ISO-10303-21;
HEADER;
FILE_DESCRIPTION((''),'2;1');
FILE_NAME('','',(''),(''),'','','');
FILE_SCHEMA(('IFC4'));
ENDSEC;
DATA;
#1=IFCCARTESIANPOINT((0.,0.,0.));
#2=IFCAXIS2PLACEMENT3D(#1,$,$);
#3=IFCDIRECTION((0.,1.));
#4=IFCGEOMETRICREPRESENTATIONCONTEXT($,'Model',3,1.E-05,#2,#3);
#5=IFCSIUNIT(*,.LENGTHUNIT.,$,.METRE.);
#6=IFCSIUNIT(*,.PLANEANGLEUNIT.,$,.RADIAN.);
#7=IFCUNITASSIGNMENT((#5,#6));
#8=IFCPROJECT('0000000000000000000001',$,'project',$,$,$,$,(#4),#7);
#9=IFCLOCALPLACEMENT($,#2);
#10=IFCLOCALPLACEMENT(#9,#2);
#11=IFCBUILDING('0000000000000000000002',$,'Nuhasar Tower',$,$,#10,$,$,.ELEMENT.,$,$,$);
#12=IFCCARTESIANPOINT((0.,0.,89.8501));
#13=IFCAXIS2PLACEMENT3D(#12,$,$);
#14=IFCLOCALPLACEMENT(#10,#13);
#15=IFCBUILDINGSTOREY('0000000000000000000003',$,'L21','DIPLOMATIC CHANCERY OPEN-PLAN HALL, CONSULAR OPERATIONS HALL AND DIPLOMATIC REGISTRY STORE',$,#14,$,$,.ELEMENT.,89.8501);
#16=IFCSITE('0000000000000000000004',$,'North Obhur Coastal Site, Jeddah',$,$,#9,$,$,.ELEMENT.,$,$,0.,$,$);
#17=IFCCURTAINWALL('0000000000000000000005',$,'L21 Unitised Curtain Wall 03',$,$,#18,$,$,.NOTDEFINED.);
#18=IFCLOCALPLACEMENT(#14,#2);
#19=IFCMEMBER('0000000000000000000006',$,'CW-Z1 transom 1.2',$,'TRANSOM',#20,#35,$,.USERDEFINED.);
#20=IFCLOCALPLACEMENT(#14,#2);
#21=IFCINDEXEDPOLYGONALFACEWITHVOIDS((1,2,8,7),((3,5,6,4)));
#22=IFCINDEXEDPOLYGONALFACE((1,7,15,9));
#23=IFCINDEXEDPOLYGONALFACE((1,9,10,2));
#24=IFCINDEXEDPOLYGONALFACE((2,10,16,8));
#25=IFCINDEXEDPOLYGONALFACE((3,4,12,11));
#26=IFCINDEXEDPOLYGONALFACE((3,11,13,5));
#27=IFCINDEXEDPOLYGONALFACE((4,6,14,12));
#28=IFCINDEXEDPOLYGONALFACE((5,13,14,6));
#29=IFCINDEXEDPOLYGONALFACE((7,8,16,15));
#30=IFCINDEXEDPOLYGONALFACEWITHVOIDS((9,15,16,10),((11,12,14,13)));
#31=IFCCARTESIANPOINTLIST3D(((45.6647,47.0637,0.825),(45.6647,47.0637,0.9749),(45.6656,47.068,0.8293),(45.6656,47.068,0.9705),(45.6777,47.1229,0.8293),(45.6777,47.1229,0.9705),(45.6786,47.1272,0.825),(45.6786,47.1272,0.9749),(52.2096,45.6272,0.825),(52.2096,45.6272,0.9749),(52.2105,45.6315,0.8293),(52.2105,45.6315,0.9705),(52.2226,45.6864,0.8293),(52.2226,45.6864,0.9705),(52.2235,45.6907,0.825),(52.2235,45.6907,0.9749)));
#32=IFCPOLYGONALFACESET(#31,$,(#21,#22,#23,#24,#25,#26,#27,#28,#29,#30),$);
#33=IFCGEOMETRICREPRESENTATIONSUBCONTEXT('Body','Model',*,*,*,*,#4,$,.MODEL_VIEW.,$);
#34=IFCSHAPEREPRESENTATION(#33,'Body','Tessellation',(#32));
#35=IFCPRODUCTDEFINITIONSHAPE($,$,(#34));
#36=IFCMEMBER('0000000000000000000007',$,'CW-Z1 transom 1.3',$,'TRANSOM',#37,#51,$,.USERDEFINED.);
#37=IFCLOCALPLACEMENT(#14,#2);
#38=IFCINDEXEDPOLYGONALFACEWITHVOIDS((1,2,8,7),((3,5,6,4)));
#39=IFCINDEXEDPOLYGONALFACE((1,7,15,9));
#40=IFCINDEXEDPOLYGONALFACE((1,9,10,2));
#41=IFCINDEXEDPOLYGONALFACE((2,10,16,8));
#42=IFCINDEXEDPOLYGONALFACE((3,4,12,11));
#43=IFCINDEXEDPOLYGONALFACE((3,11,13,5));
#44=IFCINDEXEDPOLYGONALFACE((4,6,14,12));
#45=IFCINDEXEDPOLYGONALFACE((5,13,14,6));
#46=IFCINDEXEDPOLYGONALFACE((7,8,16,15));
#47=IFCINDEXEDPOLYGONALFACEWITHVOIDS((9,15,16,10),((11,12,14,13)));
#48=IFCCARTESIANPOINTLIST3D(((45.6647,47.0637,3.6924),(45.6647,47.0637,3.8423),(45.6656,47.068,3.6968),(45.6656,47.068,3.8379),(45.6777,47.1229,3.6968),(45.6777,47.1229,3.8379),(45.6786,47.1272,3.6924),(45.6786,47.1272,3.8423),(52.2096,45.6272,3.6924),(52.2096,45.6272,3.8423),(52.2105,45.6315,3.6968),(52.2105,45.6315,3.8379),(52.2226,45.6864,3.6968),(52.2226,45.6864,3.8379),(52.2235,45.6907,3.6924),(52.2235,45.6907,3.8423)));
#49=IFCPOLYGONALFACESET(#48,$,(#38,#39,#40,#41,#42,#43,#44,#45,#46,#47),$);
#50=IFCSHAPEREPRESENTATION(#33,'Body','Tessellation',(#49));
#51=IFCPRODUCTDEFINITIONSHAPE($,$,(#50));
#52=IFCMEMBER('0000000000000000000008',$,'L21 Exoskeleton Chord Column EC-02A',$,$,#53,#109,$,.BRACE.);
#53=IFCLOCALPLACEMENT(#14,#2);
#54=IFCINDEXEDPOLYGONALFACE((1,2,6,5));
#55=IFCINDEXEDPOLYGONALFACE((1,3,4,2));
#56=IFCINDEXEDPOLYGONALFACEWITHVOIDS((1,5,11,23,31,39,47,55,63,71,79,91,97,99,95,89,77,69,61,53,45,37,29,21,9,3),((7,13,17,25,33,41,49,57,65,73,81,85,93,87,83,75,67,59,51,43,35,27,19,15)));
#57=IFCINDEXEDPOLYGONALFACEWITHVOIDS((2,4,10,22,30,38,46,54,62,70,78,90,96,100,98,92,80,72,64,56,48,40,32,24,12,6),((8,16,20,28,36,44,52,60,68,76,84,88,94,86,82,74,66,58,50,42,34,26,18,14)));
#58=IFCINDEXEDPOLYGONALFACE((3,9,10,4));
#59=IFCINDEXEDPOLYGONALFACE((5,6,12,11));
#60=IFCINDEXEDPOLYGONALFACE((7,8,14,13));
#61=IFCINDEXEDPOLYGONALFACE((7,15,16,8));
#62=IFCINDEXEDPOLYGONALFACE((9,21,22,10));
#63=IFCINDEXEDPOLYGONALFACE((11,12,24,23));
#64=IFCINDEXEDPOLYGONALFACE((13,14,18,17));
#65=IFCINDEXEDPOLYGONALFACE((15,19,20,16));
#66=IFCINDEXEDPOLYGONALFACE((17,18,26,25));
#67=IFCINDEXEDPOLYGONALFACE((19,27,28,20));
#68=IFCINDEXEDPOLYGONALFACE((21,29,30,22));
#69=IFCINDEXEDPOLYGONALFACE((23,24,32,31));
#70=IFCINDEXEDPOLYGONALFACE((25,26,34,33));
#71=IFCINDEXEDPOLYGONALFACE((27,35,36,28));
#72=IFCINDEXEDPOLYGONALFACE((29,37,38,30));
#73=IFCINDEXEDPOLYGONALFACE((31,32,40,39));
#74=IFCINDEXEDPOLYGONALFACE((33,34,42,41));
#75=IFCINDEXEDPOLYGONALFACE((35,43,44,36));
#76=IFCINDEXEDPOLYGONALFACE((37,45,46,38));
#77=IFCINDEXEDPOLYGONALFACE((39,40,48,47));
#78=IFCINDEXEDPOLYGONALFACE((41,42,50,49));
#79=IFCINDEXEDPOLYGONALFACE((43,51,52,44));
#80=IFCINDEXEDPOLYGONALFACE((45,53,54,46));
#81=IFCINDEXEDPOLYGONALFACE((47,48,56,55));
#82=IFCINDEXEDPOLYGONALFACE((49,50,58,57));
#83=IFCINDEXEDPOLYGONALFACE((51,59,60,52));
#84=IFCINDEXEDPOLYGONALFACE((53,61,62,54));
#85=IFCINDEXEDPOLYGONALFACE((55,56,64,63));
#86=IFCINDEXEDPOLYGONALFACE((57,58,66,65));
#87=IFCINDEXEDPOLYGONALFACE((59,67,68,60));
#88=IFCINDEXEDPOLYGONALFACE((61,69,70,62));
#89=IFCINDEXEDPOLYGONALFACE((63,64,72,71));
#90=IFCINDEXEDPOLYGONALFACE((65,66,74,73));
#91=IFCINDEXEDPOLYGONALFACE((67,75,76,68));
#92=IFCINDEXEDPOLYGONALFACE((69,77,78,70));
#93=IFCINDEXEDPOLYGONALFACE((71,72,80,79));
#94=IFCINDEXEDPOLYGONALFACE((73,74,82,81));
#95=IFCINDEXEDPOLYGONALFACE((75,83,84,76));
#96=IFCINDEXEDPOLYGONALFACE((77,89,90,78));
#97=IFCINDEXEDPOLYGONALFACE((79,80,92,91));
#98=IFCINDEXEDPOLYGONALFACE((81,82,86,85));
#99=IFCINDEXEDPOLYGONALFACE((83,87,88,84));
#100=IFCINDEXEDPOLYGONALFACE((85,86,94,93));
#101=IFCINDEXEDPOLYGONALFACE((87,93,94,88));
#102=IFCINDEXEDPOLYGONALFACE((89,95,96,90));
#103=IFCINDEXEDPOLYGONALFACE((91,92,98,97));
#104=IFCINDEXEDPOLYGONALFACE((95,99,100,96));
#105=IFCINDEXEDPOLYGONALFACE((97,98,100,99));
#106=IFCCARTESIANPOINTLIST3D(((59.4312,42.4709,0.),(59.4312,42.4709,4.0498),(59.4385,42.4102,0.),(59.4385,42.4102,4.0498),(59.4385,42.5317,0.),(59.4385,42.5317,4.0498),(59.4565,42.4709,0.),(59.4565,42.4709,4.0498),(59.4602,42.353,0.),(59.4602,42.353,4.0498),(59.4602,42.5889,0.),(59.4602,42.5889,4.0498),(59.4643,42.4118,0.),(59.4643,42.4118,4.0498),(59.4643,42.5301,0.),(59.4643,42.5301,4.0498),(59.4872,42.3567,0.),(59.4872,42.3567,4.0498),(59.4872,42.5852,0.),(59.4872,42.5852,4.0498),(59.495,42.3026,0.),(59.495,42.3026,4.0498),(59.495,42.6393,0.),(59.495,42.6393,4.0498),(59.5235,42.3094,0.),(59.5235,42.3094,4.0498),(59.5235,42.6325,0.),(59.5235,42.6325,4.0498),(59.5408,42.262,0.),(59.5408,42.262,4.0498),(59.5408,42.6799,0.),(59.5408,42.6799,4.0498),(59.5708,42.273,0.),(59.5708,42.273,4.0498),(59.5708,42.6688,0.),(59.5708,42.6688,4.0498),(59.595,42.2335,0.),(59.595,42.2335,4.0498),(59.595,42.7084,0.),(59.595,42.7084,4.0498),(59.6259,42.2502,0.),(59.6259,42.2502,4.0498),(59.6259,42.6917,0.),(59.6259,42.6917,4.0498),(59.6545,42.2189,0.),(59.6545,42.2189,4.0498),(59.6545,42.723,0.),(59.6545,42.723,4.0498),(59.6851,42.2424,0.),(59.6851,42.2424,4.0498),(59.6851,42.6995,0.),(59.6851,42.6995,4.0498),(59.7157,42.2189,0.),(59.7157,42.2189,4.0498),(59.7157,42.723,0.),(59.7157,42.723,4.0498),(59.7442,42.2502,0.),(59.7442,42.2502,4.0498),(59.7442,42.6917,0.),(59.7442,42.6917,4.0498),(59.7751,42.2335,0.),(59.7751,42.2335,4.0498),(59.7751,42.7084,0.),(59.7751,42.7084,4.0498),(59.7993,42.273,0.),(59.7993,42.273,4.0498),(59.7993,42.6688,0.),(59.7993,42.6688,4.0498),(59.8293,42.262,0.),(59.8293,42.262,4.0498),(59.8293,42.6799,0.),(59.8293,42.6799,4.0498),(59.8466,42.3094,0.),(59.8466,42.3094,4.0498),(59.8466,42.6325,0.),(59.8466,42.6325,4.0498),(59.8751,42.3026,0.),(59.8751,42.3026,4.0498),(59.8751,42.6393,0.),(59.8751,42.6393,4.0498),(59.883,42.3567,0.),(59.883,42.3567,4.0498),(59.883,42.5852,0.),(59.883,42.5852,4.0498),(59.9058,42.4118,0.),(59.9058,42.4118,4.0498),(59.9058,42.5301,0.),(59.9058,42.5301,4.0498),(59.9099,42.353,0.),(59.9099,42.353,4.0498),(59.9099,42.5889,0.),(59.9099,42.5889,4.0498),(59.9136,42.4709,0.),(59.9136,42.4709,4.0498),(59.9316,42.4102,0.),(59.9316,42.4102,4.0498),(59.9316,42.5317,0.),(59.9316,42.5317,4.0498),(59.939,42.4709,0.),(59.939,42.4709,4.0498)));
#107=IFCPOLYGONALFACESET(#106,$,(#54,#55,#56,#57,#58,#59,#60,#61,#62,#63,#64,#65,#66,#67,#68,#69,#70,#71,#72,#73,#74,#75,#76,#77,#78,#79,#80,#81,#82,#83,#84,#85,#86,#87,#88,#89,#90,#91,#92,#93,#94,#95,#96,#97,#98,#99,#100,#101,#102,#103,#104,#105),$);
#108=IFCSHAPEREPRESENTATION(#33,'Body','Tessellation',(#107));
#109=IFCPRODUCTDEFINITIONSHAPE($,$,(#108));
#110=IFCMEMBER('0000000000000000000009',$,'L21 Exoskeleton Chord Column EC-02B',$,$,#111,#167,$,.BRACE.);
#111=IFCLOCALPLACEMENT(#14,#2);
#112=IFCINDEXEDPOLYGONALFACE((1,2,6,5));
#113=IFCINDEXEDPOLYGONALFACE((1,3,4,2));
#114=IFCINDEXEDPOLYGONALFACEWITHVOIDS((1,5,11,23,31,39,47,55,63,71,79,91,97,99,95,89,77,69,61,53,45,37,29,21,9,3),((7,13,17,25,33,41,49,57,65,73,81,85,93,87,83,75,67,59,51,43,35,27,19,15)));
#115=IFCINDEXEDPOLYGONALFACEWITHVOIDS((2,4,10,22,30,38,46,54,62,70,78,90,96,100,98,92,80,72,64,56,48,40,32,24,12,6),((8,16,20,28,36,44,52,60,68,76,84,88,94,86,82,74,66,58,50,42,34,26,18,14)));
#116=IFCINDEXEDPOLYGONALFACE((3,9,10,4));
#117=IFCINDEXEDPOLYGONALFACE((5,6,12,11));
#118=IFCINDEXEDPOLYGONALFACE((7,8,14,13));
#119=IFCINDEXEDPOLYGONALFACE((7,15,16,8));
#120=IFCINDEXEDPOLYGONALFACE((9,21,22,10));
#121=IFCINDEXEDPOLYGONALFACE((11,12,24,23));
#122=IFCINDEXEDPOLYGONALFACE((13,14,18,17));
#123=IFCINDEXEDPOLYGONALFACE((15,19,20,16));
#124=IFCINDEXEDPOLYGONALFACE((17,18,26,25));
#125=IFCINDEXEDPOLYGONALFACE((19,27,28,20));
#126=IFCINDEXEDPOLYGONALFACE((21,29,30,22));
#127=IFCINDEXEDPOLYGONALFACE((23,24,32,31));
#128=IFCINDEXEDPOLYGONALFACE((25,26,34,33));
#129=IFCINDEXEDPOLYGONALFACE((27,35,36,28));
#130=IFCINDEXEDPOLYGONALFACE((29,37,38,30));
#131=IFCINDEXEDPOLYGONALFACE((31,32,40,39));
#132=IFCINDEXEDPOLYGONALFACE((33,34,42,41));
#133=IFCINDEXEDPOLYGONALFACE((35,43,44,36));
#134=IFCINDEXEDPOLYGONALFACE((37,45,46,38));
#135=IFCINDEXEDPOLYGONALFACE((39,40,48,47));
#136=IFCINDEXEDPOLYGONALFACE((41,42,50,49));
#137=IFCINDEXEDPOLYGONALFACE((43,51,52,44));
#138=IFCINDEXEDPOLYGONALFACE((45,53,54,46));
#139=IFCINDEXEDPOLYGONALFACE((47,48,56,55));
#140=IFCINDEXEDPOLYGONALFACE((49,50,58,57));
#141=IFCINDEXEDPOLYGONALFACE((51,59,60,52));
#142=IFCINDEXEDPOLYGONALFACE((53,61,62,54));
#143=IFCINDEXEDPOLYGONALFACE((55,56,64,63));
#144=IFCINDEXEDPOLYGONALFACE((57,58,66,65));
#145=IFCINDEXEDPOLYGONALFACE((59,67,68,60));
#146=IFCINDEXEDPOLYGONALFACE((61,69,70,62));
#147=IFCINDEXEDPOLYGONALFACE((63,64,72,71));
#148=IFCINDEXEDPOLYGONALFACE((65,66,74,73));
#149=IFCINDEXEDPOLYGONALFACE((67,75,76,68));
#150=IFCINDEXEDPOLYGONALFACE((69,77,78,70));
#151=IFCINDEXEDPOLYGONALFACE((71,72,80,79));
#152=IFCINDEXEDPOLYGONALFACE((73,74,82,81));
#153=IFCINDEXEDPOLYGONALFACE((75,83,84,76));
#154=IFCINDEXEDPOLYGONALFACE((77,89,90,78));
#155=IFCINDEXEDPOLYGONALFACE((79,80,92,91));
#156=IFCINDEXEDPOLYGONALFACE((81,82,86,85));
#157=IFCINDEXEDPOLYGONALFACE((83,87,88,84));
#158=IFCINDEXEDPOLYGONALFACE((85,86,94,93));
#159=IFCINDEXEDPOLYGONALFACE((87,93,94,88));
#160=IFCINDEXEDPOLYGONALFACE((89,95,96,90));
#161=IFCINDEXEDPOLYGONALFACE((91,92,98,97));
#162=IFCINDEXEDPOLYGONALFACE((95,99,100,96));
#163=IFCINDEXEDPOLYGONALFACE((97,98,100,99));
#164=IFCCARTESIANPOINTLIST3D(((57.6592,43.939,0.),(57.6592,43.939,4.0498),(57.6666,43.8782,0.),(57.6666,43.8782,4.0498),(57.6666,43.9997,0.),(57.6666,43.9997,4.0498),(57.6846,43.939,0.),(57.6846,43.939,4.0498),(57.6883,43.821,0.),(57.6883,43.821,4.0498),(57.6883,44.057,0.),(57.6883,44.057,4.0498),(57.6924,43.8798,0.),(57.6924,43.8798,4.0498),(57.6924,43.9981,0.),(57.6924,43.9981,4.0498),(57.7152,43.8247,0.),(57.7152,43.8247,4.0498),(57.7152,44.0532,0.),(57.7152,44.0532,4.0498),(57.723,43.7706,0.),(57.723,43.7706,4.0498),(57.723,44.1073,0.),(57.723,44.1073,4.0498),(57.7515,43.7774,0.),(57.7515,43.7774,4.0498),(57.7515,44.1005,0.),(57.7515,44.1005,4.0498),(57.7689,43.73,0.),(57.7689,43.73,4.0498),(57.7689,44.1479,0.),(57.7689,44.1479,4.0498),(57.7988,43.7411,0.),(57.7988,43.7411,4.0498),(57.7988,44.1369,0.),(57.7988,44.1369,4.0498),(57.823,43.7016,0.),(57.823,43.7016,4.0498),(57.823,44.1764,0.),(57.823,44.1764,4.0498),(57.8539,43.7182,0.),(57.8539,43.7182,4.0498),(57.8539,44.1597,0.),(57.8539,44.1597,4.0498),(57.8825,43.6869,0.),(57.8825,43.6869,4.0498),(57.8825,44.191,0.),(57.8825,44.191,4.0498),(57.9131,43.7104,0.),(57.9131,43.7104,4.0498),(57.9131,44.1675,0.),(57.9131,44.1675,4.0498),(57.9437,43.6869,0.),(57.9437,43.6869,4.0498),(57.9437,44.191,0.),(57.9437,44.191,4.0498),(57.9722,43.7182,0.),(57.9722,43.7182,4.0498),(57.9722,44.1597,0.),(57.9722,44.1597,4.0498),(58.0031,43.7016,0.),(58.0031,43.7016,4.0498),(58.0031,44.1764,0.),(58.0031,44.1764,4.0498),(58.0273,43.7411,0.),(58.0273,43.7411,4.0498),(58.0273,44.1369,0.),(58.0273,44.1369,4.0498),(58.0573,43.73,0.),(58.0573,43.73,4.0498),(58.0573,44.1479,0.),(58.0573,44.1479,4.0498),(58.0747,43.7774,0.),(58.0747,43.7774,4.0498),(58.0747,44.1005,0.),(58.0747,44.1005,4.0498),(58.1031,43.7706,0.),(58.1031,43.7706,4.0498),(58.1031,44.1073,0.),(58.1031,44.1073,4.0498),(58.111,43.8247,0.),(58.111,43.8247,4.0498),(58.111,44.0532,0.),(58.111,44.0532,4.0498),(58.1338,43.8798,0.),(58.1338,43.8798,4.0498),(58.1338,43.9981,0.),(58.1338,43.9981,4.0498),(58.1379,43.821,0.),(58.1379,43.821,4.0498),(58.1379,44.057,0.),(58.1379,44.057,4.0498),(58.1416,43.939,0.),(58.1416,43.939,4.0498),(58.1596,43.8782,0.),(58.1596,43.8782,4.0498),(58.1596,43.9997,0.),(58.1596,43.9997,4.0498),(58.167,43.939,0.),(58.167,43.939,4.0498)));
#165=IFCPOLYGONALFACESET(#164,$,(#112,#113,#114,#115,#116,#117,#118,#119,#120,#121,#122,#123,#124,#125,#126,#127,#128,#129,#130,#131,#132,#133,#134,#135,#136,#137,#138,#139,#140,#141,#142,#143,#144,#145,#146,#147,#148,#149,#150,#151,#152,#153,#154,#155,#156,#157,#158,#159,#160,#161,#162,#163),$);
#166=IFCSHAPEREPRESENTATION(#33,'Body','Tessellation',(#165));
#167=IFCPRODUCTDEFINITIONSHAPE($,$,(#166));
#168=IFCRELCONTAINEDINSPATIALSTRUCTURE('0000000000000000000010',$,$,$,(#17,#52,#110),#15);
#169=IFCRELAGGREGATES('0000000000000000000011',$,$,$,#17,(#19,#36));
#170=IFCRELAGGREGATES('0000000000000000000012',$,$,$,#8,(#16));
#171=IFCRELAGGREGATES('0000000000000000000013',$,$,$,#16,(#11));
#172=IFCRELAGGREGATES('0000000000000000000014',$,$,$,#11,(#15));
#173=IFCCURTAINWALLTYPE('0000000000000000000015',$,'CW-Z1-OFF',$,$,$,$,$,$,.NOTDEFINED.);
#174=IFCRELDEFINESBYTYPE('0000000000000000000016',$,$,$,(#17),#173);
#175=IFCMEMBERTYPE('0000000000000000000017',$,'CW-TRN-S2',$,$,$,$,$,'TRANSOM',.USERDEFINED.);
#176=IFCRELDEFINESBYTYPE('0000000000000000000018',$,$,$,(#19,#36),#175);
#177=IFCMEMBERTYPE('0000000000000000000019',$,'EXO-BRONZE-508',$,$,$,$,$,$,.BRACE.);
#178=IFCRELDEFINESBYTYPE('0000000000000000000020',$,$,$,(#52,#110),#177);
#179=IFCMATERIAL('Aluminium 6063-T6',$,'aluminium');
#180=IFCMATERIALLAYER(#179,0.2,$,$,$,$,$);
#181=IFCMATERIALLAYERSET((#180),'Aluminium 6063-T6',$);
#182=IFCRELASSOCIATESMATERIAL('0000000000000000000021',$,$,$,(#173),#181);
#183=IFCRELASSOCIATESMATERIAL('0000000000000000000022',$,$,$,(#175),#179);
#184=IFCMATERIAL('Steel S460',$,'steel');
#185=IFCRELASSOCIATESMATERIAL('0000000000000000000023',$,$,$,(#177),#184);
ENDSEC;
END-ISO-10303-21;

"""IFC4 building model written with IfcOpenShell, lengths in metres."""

from ifc_helpers import new_model, si_unit, direction, frame, origin, origin_2d, place, context, subcontext, project, spatial, hollow_rectangle, hollow_circle, extrude, material, layer, layer_set, material_profile, profile_set, type_object, element, aggregate, save


model = new_model("IFC4")

# Units and contexts
model_context = context("Model", 3, precision=1e-05, world=origin(), true_north=direction((0.0, 1.0)))
body_context = subcontext(model_context, "Body", "Model", "MODEL_VIEW")
ifc_project = project(units=[si_unit("LENGTHUNIT", "METRE"), si_unit("PLANEANGLEUNIT", "RADIAN")], contexts=[model_context])

# Site, building, storey
site_placement = place(None, origin())
site = spatial("IfcSite", under=ifc_project, at=site_placement, Name="North Obhur Coastal Site, Jeddah", CompositionType="ELEMENT", RefElevation=0.0)
building_placement = place(site_placement, origin())
building = spatial("IfcBuilding", under=site, at=building_placement, Name="Nuhasar Tower", CompositionType="ELEMENT")
storey_placement = place(building_placement, frame((0.0, 0.0, 89.8501)))
storey = spatial("IfcBuildingStorey", under=building, at=storey_placement, Name="L21", Description="DIPLOMATIC CHANCERY OPEN-PLAN HALL, CONSULAR OPERATIONS HALL AND DIPLOMATIC REGISTRY STORE", CompositionType="ELEMENT", Elevation=89.8501)

# Shared definitions
ifc_material_1 = material(Name="Aluminium 6063-T6", Category="aluminium")
ifc_layer_1 = layer(ifc_material_1, 0.2)
ifc_layer_set_1 = layer_set([ifc_layer_1], Name="Aluminium 6063-T6")
curtain_wall_type = type_object("IfcCurtainWallType", Name="CW-Z1-OFF", PredefinedType="NOTDEFINED", material=ifc_layer_set_1)

# Curtain wall
curtain_wall_1_placement = place(storey_placement, origin())
curtain_wall_1 = element("IfcCurtainWall", 1, at=curtain_wall_1_placement, inside=storey, type_object=curtain_wall_type, Name="L21 Unitised Curtain Wall 03", PredefinedType="NOTDEFINED")

# Members
ifc_material_profile_1 = material_profile(ifc_material_1, hollow_rectangle(XDim=0.0649, YDim=0.1499, WallThickness=0.0044, at=origin_2d()), Name="CWT-2")
ifc_profile_set_1 = profile_set([ifc_material_profile_1], Name="Aluminium 6063-T6")
member_type_1 = type_object("IfcMemberType", Name="CW-TRN-S2", ElementType="TRANSOM", PredefinedType="USERDEFINED", material=ifc_profile_set_1)
member_1_placement = place(storey_placement, frame((52.2166, 45.6589, 0.8999), z_axis=(-0.97675, 0.214384, 0.0), x_axis=(-0.214384, -0.97675, 0.0)))
member_1 = element("IfcMember", 2, at=member_1_placement, type_object=member_type_1, Name="CW-Z1 transom 1.2", ObjectType="TRANSOM", PredefinedType="USERDEFINED", context=body_context, shape_type="SweptSolid", body=[
    extrude(hollow_rectangle(XDim=0.0649, YDim=0.1499, WallThickness=0.0044, at=origin_2d()), origin(), (0.0, 0.0, 1.0), 6.7007),
])
member_2_placement = place(storey_placement, frame((52.2166, 45.6589, 3.7673), z_axis=(-0.97675, 0.214384, 0.0), x_axis=(-0.214384, -0.97675, 0.0)))
member_2 = element("IfcMember", 3, at=member_2_placement, type_object=member_type_1, Name="CW-Z1 transom 1.3", ObjectType="TRANSOM", PredefinedType="USERDEFINED", context=body_context, shape_type="SweptSolid", body=[
    extrude(hollow_rectangle(XDim=0.0649, YDim=0.1499, WallThickness=0.0044, at=origin_2d()), origin(), (0.0, 0.0, 1.0), 6.7007),
])

# Members
ifc_material_2 = material(Name="Steel S460", Category="steel")
ifc_material_profile_2 = material_profile(ifc_material_2, hollow_circle(Radius=0.2539, WallThickness=0.0254, at=origin_2d()), Name="HSS508X25.4")
ifc_profile_set_2 = profile_set([ifc_material_profile_2], Name="Steel S460")
member_type_2 = type_object("IfcMemberType", Name="EXO-BRONZE-508", PredefinedType="BRACE", material=ifc_profile_set_2)
for number, where, z_axis, x_axis, name in (
    (4, (59.6851, 42.4709, 0.0), (0.0, 0.0, 1.0), (1.0, 0.0, 0.0), "L21 Exoskeleton Chord Column EC-02A"),
    (5, (57.9131, 43.939, 0.0), (0.0, 0.0, 1.0), (1.0, 0.0, 0.0), "L21 Exoskeleton Chord Column EC-02B"),
):
    element("IfcMember", number, at=place(storey_placement, frame(where, z_axis=z_axis, x_axis=x_axis)), inside=storey, type_object=member_type_2, Name=name, PredefinedType="BRACE", context=body_context, shape_type="SweptSolid", body=[
        extrude(hollow_circle(Radius=0.2539, WallThickness=0.0254, at=origin_2d()), origin(), (0.0, 0.0, 1.0), 4.0498),
    ])

aggregate(curtain_wall_1, [member_1, member_2])

save(model, "model.ifc")
